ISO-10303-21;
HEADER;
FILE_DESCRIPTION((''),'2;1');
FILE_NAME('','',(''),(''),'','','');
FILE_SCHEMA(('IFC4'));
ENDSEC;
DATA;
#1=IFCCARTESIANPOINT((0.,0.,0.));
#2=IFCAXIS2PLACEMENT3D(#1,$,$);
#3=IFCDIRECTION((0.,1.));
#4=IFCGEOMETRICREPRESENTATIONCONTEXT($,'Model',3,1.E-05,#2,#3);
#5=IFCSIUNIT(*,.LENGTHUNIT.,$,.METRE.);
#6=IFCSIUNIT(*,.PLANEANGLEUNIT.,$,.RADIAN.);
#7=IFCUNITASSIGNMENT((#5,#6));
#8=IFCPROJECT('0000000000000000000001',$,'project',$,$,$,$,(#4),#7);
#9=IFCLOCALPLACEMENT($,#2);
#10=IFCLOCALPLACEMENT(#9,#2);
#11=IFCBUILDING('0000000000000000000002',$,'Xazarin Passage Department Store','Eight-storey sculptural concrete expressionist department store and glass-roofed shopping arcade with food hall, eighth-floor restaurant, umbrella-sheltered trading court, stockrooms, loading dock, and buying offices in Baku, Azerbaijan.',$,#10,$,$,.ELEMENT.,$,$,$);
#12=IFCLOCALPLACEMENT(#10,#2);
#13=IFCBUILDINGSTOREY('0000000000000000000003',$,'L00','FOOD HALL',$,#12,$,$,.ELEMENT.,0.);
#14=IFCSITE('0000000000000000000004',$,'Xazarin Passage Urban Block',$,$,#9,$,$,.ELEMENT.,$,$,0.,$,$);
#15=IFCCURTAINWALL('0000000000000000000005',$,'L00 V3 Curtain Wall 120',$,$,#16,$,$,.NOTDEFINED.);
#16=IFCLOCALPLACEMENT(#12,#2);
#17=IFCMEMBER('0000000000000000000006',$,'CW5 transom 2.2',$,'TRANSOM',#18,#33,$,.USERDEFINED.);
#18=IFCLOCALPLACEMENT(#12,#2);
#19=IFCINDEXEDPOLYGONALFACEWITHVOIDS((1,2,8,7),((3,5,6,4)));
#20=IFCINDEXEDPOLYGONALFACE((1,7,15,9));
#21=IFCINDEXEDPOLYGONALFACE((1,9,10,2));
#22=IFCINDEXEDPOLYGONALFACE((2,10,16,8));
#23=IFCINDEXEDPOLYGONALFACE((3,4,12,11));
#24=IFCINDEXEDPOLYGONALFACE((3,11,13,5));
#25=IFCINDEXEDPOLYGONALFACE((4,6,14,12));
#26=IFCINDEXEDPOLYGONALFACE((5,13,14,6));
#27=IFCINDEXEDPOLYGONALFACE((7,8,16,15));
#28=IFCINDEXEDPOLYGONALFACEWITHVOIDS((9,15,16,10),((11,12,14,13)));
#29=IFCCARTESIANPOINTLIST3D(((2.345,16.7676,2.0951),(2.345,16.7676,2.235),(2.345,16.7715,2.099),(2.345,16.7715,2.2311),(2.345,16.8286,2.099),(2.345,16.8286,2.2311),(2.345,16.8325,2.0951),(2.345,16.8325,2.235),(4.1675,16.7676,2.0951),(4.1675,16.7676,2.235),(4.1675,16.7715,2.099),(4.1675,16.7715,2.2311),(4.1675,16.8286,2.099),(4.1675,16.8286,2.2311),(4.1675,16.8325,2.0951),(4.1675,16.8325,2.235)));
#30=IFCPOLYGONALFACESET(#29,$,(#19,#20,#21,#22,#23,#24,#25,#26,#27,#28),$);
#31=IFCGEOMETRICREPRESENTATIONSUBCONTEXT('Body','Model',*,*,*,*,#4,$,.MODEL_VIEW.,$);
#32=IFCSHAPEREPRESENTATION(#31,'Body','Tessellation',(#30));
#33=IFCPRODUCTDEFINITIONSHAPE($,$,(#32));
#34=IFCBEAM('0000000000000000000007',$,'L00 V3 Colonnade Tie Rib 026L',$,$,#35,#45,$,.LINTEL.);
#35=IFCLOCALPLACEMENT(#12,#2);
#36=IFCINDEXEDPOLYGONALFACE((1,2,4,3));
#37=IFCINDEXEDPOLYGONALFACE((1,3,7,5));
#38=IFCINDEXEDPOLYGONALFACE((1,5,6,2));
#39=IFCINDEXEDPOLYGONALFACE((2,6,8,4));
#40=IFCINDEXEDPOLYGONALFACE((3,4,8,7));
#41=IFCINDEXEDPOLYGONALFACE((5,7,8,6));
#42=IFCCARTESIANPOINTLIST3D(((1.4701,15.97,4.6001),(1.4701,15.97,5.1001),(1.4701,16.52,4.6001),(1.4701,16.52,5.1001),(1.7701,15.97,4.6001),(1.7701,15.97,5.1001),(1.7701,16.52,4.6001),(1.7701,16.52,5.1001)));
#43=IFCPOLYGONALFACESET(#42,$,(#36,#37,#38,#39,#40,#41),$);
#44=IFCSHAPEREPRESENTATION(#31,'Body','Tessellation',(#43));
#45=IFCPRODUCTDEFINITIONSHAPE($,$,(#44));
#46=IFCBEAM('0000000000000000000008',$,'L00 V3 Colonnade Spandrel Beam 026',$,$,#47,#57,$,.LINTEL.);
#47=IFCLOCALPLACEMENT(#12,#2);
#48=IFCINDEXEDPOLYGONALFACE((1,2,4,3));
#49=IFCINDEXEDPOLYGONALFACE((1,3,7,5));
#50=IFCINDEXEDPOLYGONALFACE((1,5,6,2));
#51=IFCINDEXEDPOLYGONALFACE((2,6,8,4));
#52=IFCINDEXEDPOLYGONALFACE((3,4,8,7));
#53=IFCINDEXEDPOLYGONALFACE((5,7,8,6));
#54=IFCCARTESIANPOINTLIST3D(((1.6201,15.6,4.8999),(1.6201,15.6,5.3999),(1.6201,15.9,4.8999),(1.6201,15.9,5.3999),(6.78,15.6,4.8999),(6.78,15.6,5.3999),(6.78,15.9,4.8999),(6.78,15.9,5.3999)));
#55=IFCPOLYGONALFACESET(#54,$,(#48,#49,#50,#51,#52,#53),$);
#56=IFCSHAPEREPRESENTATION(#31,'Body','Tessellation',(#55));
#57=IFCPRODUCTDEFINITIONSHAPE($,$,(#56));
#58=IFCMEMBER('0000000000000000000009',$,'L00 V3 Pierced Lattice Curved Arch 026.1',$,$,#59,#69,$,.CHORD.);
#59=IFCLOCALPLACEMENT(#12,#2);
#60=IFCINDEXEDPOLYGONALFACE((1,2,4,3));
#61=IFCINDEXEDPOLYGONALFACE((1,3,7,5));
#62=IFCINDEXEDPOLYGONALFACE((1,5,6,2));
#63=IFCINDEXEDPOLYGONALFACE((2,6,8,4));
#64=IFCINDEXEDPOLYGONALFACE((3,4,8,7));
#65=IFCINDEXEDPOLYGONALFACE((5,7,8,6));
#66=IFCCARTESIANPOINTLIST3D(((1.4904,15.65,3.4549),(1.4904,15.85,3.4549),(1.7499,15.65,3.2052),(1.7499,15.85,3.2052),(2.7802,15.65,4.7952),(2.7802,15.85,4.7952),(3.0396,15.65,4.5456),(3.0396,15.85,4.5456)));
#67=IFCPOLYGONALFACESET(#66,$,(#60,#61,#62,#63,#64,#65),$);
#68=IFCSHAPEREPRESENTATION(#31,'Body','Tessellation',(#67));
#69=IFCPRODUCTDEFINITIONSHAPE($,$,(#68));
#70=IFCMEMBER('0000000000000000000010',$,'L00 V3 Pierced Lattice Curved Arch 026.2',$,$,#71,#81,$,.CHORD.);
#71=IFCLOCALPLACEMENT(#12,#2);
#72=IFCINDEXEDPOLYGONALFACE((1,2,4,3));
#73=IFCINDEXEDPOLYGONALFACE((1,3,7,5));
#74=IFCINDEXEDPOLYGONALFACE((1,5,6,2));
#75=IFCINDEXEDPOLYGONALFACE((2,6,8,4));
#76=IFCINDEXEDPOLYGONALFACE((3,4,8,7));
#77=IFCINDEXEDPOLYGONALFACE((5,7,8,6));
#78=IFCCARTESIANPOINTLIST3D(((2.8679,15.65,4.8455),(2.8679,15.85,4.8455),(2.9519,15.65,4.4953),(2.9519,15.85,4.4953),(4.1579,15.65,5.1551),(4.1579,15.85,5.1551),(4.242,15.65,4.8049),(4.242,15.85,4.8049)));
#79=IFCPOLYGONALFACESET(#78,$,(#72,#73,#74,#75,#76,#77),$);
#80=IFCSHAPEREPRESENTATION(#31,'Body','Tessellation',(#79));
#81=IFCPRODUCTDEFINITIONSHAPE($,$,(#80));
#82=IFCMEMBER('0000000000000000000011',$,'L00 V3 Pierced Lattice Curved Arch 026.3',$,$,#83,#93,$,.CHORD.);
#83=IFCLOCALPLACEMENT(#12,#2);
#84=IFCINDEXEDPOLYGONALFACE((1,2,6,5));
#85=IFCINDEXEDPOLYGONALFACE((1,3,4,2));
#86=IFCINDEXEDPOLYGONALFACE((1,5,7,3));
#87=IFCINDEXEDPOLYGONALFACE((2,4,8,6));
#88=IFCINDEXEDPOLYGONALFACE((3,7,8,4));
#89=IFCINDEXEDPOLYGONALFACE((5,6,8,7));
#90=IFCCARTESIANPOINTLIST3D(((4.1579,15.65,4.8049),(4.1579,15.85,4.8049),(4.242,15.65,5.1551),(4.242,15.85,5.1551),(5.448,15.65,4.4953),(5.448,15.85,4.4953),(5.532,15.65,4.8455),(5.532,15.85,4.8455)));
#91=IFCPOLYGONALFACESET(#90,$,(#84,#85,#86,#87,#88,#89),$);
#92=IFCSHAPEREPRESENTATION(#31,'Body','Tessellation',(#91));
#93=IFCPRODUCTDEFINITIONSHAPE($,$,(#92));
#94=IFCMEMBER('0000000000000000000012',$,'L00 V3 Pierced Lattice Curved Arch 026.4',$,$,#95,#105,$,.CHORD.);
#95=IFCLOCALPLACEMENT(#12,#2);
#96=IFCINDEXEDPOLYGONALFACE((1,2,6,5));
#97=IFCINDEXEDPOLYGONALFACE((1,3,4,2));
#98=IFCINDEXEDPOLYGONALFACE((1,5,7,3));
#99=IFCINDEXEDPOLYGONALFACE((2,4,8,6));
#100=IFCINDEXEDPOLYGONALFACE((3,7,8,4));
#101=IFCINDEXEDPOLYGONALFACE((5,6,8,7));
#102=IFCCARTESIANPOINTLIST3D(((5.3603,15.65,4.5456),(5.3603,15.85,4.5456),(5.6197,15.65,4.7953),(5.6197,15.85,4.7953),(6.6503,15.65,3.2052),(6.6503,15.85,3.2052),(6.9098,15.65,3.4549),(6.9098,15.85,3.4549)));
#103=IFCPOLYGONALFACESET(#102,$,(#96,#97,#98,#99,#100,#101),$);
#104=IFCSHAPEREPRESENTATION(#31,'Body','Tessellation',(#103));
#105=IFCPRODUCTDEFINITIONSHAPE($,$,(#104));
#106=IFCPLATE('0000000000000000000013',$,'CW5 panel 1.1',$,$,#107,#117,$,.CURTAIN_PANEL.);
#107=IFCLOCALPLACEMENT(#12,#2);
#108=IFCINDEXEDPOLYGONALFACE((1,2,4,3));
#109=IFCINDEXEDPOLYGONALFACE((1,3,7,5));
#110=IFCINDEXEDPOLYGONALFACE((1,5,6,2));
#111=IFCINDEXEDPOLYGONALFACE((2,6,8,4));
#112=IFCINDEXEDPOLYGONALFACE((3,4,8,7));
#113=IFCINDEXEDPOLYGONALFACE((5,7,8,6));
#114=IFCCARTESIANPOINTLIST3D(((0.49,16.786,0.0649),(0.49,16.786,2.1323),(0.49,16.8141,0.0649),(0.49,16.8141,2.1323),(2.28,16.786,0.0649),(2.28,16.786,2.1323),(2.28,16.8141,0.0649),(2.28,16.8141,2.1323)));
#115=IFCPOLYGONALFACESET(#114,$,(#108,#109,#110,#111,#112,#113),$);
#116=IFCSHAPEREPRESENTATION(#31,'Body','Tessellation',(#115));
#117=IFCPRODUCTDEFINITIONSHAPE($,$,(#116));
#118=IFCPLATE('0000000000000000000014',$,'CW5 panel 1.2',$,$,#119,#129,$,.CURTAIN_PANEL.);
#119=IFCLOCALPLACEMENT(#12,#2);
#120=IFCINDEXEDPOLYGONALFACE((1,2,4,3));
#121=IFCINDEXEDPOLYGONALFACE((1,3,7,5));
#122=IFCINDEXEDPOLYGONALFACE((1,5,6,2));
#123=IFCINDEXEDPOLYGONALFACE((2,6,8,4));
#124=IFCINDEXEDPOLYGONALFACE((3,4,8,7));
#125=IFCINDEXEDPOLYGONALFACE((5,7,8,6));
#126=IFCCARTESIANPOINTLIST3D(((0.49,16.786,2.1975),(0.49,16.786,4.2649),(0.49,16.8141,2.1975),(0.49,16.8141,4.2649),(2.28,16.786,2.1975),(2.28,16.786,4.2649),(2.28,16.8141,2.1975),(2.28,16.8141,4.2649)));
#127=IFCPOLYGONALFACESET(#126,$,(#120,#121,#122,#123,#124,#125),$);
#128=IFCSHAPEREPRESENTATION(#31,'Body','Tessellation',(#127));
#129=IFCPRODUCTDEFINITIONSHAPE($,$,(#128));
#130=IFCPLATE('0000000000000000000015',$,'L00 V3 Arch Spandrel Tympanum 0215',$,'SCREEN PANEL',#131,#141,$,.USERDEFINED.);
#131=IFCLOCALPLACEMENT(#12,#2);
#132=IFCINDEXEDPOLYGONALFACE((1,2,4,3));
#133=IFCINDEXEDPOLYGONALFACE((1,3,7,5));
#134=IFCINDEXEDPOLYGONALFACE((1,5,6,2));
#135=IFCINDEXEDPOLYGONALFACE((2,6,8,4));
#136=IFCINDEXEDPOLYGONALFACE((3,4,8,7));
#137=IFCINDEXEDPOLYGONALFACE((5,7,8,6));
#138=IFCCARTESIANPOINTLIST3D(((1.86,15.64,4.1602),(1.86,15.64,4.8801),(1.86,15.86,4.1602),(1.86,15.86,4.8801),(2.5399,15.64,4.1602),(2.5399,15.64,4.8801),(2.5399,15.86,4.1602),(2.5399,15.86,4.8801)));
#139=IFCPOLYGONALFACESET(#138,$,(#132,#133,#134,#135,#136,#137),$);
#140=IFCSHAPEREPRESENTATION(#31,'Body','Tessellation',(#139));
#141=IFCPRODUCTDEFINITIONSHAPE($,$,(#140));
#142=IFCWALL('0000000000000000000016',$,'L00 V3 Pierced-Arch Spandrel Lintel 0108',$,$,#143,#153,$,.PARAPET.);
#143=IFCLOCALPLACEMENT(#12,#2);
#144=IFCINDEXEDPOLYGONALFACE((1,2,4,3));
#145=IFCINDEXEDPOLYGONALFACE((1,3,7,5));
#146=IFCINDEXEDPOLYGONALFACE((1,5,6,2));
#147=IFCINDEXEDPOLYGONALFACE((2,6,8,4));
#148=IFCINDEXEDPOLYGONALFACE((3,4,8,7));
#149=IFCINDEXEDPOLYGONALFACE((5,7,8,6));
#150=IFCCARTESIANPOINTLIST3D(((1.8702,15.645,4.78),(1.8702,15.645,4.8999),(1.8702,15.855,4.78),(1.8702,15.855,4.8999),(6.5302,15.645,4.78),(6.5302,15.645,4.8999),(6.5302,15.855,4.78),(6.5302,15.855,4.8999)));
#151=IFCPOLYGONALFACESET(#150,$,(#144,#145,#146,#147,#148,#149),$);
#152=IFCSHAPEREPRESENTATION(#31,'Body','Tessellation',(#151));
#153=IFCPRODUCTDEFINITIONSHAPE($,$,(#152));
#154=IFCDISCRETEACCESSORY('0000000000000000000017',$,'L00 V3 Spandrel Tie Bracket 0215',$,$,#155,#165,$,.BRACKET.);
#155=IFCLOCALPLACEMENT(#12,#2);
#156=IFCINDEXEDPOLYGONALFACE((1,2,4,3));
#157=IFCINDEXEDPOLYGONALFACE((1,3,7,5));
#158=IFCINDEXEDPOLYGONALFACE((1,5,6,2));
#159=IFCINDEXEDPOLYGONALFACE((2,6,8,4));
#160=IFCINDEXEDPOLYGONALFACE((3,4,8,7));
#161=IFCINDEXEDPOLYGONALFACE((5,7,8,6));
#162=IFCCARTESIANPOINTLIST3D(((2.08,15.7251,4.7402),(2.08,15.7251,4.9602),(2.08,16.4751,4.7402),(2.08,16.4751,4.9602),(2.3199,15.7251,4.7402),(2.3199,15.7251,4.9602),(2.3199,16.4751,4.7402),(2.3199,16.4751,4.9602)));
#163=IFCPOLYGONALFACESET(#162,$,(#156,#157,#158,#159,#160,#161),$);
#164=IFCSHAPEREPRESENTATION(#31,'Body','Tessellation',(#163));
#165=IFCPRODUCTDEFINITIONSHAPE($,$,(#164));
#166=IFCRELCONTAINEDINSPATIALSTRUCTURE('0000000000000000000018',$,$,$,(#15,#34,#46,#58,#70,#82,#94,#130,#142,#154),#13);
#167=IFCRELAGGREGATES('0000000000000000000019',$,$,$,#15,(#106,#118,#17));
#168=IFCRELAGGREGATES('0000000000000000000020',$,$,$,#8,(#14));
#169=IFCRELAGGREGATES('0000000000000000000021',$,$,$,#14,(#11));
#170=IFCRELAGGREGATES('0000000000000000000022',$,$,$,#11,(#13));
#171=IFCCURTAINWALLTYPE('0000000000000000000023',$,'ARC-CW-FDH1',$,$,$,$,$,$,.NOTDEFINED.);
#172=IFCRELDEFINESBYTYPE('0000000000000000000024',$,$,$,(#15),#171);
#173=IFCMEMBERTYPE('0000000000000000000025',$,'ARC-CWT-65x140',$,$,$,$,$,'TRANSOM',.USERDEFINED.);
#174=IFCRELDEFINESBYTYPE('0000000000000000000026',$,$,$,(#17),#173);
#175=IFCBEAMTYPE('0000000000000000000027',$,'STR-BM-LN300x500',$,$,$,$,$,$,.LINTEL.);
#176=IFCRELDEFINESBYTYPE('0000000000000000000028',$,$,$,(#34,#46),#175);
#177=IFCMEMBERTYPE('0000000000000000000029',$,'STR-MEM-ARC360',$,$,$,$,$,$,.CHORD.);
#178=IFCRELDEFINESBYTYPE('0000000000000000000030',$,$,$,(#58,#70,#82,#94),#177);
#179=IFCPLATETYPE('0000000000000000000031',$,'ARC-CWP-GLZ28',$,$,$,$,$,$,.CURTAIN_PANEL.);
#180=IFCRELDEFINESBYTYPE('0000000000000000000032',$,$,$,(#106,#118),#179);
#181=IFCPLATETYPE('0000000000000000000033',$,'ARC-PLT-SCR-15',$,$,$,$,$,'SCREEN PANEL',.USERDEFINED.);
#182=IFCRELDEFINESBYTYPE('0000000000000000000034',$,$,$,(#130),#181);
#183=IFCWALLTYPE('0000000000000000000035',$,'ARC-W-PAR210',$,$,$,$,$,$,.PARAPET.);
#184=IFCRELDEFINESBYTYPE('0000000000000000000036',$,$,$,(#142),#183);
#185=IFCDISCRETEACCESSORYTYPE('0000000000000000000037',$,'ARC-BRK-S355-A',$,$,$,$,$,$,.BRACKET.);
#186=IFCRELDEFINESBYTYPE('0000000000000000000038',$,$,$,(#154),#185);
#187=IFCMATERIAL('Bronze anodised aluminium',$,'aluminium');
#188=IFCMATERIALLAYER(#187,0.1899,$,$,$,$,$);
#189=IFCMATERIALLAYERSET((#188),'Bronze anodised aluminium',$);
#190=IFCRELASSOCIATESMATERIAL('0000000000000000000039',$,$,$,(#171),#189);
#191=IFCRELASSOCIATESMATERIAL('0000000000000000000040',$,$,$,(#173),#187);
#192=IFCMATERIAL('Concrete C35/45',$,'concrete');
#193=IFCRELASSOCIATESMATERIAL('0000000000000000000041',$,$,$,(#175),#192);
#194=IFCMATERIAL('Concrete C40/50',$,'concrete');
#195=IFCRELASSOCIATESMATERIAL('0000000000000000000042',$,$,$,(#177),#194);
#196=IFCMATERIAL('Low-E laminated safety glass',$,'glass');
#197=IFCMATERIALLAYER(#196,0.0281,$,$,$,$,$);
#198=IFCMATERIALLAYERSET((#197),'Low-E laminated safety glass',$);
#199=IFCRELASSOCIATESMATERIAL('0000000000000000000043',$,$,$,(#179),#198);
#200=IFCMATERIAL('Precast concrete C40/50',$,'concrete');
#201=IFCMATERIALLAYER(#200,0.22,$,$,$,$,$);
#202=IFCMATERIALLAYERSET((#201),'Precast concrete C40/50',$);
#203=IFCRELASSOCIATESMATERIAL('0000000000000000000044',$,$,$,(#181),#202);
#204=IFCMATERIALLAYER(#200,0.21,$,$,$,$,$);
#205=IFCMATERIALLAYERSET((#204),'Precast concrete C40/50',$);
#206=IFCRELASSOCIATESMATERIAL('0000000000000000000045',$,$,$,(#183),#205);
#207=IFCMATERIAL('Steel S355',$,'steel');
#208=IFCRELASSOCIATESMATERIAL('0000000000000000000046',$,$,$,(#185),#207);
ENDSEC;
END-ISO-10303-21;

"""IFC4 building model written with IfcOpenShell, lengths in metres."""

from ifc_helpers import new_model, si_unit, direction, frame, frame_2d, origin, origin_2d, place, context, subcontext, project, spatial, rectangle, hollow_rectangle, extrude, material, layer, layer_set, material_profile, profile_set, type_object, element, aggregate, save


model = new_model("IFC4")

# Units and contexts
model_context = context("Model", 3, precision=1e-05, world=origin(), true_north=direction((0.0, 1.0)))
body_context = subcontext(model_context, "Body", "Model", "MODEL_VIEW")
ifc_project = project(units=[si_unit("LENGTHUNIT", "METRE"), si_unit("PLANEANGLEUNIT", "RADIAN")], contexts=[model_context])

# Site, building, storey
site_placement = place(None, origin())
site = spatial("IfcSite", under=ifc_project, at=site_placement, Name="Xazarin Passage Urban Block", CompositionType="ELEMENT", RefElevation=0.0)
building_placement = place(site_placement, origin())
building = spatial("IfcBuilding", under=site, at=building_placement, Name="Xazarin Passage Department Store", Description="Eight-storey sculptural concrete expressionist department store and glass-roofed shopping arcade with food hall, eighth-floor restaurant, umbrella-sheltered trading court, stockrooms, loading dock, and buying offices in Baku, Azerbaijan.", CompositionType="ELEMENT")
storey_placement = place(building_placement, origin())
storey = spatial("IfcBuildingStorey", under=building, at=storey_placement, Name="L00", Description="FOOD HALL", CompositionType="ELEMENT", Elevation=0.0)

# Shared definitions
ifc_material_1 = material(Name="Concrete C35/45", Category="concrete")

# Shared definitions
ifc_material_2 = material(Name="Concrete C40/50", Category="concrete")

# Curtain wall, member
ifc_material_3 = material(Name="Bronze anodised aluminium", Category="aluminium")
ifc_layer_1 = layer(ifc_material_3, 0.1899)
ifc_layer_set_1 = layer_set([ifc_layer_1], Name="Bronze anodised aluminium")
curtain_wall_type = type_object("IfcCurtainWallType", Name="ARC-CW-FDH1", PredefinedType="NOTDEFINED", material=ifc_layer_set_1)
curtain_wall_placement = place(storey_placement, origin())
curtain_wall = element("IfcCurtainWall", 1, at=curtain_wall_placement, inside=storey, type_object=curtain_wall_type, Name="L00 V3 Curtain Wall 120", PredefinedType="NOTDEFINED")
ifc_material_profile_1 = material_profile(ifc_material_3, hollow_rectangle(XDim=0.0649, YDim=0.1399, WallThickness=0.0039, at=origin_2d()), Name="ALU 65x140")
ifc_profile_set_1 = profile_set([ifc_material_profile_1], Name="Bronze anodised aluminium")
member_type_1 = type_object("IfcMemberType", Name="ARC-CWT-65x140", ElementType="TRANSOM", PredefinedType="USERDEFINED", material=ifc_profile_set_1)
member_1_placement = place(storey_placement, frame((2.345, 16.8, 2.165), z_axis=(1.0, 0.0, 0.0), x_axis=(0.0, 1.0, 0.0)))
member_1 = element("IfcMember", 2, at=member_1_placement, type_object=member_type_1, Name="CW5 transom 2.2", ObjectType="TRANSOM", PredefinedType="USERDEFINED", context=body_context, shape_type="SweptSolid", body=[
    extrude(hollow_rectangle(XDim=0.0649, YDim=0.1399, WallThickness=0.0039, at=origin_2d()), origin(), (0.0, 0.0, 1.0), 1.8225),
])

# Beams
ifc_material_profile_2 = material_profile(ifc_material_1, rectangle(XDim=0.3, YDim=0.5, at=origin_2d()), Name="RC 300x500")
ifc_profile_set_2 = profile_set([ifc_material_profile_2], Name="Concrete C35/45")
beam_type = type_object("IfcBeamType", Name="STR-BM-LN300x500", PredefinedType="LINTEL", material=ifc_profile_set_2)
beam_1_placement = place(storey_placement, frame((1.6201, 16.52, 4.8501), z_axis=(0.0, -1.0, 0.0), x_axis=(1.0, 0.0, 0.0)))
element("IfcBeam", 3, at=beam_1_placement, inside=storey, type_object=beam_type, Name="L00 V3 Colonnade Tie Rib 026L", PredefinedType="LINTEL", context=body_context, shape_type="SweptSolid", body=[
    extrude(rectangle(XDim=0.3, YDim=0.5, at=origin_2d()), origin(), (0.0, 0.0, 1.0), 0.55),
])
beam_2_placement = place(storey_placement, frame((1.6201, 15.75, 5.1499), z_axis=(1.0, 0.0, 0.0), x_axis=(0.0, 1.0, 0.0)))
element("IfcBeam", 4, at=beam_2_placement, inside=storey, type_object=beam_type, Name="L00 V3 Colonnade Spandrel Beam 026", PredefinedType="LINTEL", context=body_context, shape_type="SweptSolid", body=[
    extrude(rectangle(XDim=0.3, YDim=0.5, at=origin_2d()), origin(), (0.0, 0.0, 1.0), 5.1599),
])

# Members
ifc_material_profile_3 = material_profile(ifc_material_2, rectangle(XDim=0.2, YDim=0.3601, at=origin_2d()), Name="RC 200x360")
ifc_profile_set_3 = profile_set([ifc_material_profile_3], Name="Concrete C40/50")
member_type_2 = type_object("IfcMemberType", Name="STR-MEM-ARC360", PredefinedType="CHORD", material=ifc_profile_set_3)
member_2_placement = place(storey_placement, frame((1.6201, 15.75, 3.3301), z_axis=(0.693392, 0.0, 0.720561), x_axis=(0.0, 1.0, 0.0)))
element("IfcMember", 5, at=member_2_placement, inside=storey, type_object=member_type_2, Name="L00 V3 Pierced Lattice Curved Arch 026.1", PredefinedType="CHORD", context=body_context, shape_type="SweptSolid", body=[
    extrude(rectangle(XDim=0.2, YDim=0.3601, at=origin_2d()), origin(), (0.0, 0.0, 1.0), 1.8601),
])
for number, where, z_axis, x_axis, name in (
    (6, (2.9099, 15.75, 4.6704), (0.972394, 0.0, 0.233345), (0.0, 1.0, 0.0), "L00 V3 Pierced Lattice Curved Arch 026.2"),
    (7, (4.2, 15.75, 4.98), (0.972394, 0.0, -0.233345), (0.0, 1.0, 0.0), "L00 V3 Pierced Lattice Curved Arch 026.3"),
):
    element("IfcMember", number, at=place(storey_placement, frame(where, z_axis=z_axis, x_axis=x_axis)), inside=storey, type_object=member_type_2, Name=name, PredefinedType="CHORD", context=body_context, shape_type="SweptSolid", body=[
        extrude(rectangle(XDim=0.2, YDim=0.3601, at=origin_2d()), origin(), (0.0, 0.0, 1.0), 1.3267),
    ])
member_3_placement = place(storey_placement, frame((5.49, 15.75, 4.6704), z_axis=(0.69346, 0.0, -0.720495), x_axis=(0.0, 1.0, 0.0)))
element("IfcMember", 8, at=member_3_placement, inside=storey, type_object=member_type_2, Name="L00 V3 Pierced Lattice Curved Arch 026.4", PredefinedType="CHORD", context=body_context, shape_type="SweptSolid", body=[
    extrude(rectangle(XDim=0.2, YDim=0.3601, at=origin_2d()), origin(), (0.0, 0.0, 1.0), 1.8604),
])

# Plates
ifc_material_4 = material(Name="Low-E laminated safety glass", Category="glass")
ifc_layer_2 = layer(ifc_material_4, 0.0281)
ifc_layer_set_2 = layer_set([ifc_layer_2], Name="Low-E laminated safety glass")
plate_type_1 = type_object("IfcPlateType", Name="ARC-CWP-GLZ28", PredefinedType="CURTAIN_PANEL", material=ifc_layer_set_2)
plate_1_placement = place(storey_placement, frame((1.385, 16.8, 0.0649), z_axis=(0.0, 0.0, 1.0), x_axis=(1.0, 0.0, 0.0)))
plate_1 = element("IfcPlate", 9, at=plate_1_placement, type_object=plate_type_1, Name="CW5 panel 1.1", PredefinedType="CURTAIN_PANEL", context=body_context, shape_type="SweptSolid", body=[
    extrude(rectangle(XDim=1.79, YDim=0.0281, at=origin_2d()), origin(), (0.0, 0.0, 1.0), 2.0674),
])
plate_2_placement = place(storey_placement, frame((1.385, 16.8, 2.1975), z_axis=(0.0, 0.0, 1.0), x_axis=(1.0, 0.0, 0.0)))
plate_2 = element("IfcPlate", 10, at=plate_2_placement, type_object=plate_type_1, Name="CW5 panel 1.2", PredefinedType="CURTAIN_PANEL", context=body_context, shape_type="SweptSolid", body=[
    extrude(rectangle(XDim=1.79, YDim=0.0281, at=origin_2d()), origin(), (0.0, 0.0, 1.0), 2.0674),
])
aggregate(curtain_wall, [plate_1, plate_2, member_1])
ifc_material_5 = material(Name="Precast concrete C40/50", Category="concrete")
ifc_layer_3 = layer(ifc_material_5, 0.22)
ifc_layer_set_3 = layer_set([ifc_layer_3], Name="Precast concrete C40/50")
plate_type_2 = type_object("IfcPlateType", Name="ARC-PLT-SCR-15", ElementType="SCREEN PANEL", PredefinedType="USERDEFINED", material=ifc_layer_set_3)
plate_3_placement = place(storey_placement, frame((2.2, 15.75, 4.1602), z_axis=(0.0, 0.0, 1.0), x_axis=(1.0, 0.0, 0.0)))
element("IfcPlate", 11, at=plate_3_placement, inside=storey, type_object=plate_type_2, Name="L00 V3 Arch Spandrel Tympanum 0215", ObjectType="SCREEN PANEL", PredefinedType="USERDEFINED", context=body_context, shape_type="SweptSolid", body=[
    extrude(rectangle(XDim=0.6799, YDim=0.22, at=origin_2d()), origin(), (0.0, 0.0, 1.0), 0.72),
])

# Wall
ifc_layer_4 = layer(ifc_material_5, 0.21)
ifc_layer_set_4 = layer_set([ifc_layer_4], Name="Precast concrete C40/50")
wall_type = type_object("IfcWallType", Name="ARC-W-PAR210", PredefinedType="PARAPET", material=ifc_layer_set_4)
wall_placement = place(storey_placement, frame((1.8701, 15.75, 4.78), z_axis=(0.0, 0.0, 1.0), x_axis=(1.0, 0.0, 0.0)))
element("IfcWall", 12, at=wall_placement, inside=storey, type_object=wall_type, Name="L00 V3 Pierced-Arch Spandrel Lintel 0108", PredefinedType="PARAPET", context=body_context, shape_type="SweptSolid", body=[
    extrude(rectangle(XDim=4.6599, YDim=0.21, at=frame_2d((2.3301, 0.0))), origin(), (0.0, 0.0, 1.0), 0.1199),
])

# Discrete accessory
ifc_material_6 = material(Name="Steel S355", Category="steel")
discrete_accessory_type = type_object("IfcDiscreteAccessoryType", Name="ARC-BRK-S355-A", PredefinedType="BRACKET", material=ifc_material_6)
discrete_accessory_placement = place(storey_placement, frame((2.2, 16.1001, 4.7402), z_axis=(0.0, 0.0, 1.0), x_axis=(1.0, 0.0, 0.0)))
element("IfcDiscreteAccessory", 13, at=discrete_accessory_placement, inside=storey, type_object=discrete_accessory_type, Name="L00 V3 Spandrel Tie Bracket 0215", PredefinedType="BRACKET", context=body_context, shape_type="SweptSolid", body=[
    extrude(rectangle(XDim=0.24, YDim=0.75, at=origin_2d()), origin(), (0.0, 0.0, 1.0), 0.22),
])

save(model, "model.ifc")
